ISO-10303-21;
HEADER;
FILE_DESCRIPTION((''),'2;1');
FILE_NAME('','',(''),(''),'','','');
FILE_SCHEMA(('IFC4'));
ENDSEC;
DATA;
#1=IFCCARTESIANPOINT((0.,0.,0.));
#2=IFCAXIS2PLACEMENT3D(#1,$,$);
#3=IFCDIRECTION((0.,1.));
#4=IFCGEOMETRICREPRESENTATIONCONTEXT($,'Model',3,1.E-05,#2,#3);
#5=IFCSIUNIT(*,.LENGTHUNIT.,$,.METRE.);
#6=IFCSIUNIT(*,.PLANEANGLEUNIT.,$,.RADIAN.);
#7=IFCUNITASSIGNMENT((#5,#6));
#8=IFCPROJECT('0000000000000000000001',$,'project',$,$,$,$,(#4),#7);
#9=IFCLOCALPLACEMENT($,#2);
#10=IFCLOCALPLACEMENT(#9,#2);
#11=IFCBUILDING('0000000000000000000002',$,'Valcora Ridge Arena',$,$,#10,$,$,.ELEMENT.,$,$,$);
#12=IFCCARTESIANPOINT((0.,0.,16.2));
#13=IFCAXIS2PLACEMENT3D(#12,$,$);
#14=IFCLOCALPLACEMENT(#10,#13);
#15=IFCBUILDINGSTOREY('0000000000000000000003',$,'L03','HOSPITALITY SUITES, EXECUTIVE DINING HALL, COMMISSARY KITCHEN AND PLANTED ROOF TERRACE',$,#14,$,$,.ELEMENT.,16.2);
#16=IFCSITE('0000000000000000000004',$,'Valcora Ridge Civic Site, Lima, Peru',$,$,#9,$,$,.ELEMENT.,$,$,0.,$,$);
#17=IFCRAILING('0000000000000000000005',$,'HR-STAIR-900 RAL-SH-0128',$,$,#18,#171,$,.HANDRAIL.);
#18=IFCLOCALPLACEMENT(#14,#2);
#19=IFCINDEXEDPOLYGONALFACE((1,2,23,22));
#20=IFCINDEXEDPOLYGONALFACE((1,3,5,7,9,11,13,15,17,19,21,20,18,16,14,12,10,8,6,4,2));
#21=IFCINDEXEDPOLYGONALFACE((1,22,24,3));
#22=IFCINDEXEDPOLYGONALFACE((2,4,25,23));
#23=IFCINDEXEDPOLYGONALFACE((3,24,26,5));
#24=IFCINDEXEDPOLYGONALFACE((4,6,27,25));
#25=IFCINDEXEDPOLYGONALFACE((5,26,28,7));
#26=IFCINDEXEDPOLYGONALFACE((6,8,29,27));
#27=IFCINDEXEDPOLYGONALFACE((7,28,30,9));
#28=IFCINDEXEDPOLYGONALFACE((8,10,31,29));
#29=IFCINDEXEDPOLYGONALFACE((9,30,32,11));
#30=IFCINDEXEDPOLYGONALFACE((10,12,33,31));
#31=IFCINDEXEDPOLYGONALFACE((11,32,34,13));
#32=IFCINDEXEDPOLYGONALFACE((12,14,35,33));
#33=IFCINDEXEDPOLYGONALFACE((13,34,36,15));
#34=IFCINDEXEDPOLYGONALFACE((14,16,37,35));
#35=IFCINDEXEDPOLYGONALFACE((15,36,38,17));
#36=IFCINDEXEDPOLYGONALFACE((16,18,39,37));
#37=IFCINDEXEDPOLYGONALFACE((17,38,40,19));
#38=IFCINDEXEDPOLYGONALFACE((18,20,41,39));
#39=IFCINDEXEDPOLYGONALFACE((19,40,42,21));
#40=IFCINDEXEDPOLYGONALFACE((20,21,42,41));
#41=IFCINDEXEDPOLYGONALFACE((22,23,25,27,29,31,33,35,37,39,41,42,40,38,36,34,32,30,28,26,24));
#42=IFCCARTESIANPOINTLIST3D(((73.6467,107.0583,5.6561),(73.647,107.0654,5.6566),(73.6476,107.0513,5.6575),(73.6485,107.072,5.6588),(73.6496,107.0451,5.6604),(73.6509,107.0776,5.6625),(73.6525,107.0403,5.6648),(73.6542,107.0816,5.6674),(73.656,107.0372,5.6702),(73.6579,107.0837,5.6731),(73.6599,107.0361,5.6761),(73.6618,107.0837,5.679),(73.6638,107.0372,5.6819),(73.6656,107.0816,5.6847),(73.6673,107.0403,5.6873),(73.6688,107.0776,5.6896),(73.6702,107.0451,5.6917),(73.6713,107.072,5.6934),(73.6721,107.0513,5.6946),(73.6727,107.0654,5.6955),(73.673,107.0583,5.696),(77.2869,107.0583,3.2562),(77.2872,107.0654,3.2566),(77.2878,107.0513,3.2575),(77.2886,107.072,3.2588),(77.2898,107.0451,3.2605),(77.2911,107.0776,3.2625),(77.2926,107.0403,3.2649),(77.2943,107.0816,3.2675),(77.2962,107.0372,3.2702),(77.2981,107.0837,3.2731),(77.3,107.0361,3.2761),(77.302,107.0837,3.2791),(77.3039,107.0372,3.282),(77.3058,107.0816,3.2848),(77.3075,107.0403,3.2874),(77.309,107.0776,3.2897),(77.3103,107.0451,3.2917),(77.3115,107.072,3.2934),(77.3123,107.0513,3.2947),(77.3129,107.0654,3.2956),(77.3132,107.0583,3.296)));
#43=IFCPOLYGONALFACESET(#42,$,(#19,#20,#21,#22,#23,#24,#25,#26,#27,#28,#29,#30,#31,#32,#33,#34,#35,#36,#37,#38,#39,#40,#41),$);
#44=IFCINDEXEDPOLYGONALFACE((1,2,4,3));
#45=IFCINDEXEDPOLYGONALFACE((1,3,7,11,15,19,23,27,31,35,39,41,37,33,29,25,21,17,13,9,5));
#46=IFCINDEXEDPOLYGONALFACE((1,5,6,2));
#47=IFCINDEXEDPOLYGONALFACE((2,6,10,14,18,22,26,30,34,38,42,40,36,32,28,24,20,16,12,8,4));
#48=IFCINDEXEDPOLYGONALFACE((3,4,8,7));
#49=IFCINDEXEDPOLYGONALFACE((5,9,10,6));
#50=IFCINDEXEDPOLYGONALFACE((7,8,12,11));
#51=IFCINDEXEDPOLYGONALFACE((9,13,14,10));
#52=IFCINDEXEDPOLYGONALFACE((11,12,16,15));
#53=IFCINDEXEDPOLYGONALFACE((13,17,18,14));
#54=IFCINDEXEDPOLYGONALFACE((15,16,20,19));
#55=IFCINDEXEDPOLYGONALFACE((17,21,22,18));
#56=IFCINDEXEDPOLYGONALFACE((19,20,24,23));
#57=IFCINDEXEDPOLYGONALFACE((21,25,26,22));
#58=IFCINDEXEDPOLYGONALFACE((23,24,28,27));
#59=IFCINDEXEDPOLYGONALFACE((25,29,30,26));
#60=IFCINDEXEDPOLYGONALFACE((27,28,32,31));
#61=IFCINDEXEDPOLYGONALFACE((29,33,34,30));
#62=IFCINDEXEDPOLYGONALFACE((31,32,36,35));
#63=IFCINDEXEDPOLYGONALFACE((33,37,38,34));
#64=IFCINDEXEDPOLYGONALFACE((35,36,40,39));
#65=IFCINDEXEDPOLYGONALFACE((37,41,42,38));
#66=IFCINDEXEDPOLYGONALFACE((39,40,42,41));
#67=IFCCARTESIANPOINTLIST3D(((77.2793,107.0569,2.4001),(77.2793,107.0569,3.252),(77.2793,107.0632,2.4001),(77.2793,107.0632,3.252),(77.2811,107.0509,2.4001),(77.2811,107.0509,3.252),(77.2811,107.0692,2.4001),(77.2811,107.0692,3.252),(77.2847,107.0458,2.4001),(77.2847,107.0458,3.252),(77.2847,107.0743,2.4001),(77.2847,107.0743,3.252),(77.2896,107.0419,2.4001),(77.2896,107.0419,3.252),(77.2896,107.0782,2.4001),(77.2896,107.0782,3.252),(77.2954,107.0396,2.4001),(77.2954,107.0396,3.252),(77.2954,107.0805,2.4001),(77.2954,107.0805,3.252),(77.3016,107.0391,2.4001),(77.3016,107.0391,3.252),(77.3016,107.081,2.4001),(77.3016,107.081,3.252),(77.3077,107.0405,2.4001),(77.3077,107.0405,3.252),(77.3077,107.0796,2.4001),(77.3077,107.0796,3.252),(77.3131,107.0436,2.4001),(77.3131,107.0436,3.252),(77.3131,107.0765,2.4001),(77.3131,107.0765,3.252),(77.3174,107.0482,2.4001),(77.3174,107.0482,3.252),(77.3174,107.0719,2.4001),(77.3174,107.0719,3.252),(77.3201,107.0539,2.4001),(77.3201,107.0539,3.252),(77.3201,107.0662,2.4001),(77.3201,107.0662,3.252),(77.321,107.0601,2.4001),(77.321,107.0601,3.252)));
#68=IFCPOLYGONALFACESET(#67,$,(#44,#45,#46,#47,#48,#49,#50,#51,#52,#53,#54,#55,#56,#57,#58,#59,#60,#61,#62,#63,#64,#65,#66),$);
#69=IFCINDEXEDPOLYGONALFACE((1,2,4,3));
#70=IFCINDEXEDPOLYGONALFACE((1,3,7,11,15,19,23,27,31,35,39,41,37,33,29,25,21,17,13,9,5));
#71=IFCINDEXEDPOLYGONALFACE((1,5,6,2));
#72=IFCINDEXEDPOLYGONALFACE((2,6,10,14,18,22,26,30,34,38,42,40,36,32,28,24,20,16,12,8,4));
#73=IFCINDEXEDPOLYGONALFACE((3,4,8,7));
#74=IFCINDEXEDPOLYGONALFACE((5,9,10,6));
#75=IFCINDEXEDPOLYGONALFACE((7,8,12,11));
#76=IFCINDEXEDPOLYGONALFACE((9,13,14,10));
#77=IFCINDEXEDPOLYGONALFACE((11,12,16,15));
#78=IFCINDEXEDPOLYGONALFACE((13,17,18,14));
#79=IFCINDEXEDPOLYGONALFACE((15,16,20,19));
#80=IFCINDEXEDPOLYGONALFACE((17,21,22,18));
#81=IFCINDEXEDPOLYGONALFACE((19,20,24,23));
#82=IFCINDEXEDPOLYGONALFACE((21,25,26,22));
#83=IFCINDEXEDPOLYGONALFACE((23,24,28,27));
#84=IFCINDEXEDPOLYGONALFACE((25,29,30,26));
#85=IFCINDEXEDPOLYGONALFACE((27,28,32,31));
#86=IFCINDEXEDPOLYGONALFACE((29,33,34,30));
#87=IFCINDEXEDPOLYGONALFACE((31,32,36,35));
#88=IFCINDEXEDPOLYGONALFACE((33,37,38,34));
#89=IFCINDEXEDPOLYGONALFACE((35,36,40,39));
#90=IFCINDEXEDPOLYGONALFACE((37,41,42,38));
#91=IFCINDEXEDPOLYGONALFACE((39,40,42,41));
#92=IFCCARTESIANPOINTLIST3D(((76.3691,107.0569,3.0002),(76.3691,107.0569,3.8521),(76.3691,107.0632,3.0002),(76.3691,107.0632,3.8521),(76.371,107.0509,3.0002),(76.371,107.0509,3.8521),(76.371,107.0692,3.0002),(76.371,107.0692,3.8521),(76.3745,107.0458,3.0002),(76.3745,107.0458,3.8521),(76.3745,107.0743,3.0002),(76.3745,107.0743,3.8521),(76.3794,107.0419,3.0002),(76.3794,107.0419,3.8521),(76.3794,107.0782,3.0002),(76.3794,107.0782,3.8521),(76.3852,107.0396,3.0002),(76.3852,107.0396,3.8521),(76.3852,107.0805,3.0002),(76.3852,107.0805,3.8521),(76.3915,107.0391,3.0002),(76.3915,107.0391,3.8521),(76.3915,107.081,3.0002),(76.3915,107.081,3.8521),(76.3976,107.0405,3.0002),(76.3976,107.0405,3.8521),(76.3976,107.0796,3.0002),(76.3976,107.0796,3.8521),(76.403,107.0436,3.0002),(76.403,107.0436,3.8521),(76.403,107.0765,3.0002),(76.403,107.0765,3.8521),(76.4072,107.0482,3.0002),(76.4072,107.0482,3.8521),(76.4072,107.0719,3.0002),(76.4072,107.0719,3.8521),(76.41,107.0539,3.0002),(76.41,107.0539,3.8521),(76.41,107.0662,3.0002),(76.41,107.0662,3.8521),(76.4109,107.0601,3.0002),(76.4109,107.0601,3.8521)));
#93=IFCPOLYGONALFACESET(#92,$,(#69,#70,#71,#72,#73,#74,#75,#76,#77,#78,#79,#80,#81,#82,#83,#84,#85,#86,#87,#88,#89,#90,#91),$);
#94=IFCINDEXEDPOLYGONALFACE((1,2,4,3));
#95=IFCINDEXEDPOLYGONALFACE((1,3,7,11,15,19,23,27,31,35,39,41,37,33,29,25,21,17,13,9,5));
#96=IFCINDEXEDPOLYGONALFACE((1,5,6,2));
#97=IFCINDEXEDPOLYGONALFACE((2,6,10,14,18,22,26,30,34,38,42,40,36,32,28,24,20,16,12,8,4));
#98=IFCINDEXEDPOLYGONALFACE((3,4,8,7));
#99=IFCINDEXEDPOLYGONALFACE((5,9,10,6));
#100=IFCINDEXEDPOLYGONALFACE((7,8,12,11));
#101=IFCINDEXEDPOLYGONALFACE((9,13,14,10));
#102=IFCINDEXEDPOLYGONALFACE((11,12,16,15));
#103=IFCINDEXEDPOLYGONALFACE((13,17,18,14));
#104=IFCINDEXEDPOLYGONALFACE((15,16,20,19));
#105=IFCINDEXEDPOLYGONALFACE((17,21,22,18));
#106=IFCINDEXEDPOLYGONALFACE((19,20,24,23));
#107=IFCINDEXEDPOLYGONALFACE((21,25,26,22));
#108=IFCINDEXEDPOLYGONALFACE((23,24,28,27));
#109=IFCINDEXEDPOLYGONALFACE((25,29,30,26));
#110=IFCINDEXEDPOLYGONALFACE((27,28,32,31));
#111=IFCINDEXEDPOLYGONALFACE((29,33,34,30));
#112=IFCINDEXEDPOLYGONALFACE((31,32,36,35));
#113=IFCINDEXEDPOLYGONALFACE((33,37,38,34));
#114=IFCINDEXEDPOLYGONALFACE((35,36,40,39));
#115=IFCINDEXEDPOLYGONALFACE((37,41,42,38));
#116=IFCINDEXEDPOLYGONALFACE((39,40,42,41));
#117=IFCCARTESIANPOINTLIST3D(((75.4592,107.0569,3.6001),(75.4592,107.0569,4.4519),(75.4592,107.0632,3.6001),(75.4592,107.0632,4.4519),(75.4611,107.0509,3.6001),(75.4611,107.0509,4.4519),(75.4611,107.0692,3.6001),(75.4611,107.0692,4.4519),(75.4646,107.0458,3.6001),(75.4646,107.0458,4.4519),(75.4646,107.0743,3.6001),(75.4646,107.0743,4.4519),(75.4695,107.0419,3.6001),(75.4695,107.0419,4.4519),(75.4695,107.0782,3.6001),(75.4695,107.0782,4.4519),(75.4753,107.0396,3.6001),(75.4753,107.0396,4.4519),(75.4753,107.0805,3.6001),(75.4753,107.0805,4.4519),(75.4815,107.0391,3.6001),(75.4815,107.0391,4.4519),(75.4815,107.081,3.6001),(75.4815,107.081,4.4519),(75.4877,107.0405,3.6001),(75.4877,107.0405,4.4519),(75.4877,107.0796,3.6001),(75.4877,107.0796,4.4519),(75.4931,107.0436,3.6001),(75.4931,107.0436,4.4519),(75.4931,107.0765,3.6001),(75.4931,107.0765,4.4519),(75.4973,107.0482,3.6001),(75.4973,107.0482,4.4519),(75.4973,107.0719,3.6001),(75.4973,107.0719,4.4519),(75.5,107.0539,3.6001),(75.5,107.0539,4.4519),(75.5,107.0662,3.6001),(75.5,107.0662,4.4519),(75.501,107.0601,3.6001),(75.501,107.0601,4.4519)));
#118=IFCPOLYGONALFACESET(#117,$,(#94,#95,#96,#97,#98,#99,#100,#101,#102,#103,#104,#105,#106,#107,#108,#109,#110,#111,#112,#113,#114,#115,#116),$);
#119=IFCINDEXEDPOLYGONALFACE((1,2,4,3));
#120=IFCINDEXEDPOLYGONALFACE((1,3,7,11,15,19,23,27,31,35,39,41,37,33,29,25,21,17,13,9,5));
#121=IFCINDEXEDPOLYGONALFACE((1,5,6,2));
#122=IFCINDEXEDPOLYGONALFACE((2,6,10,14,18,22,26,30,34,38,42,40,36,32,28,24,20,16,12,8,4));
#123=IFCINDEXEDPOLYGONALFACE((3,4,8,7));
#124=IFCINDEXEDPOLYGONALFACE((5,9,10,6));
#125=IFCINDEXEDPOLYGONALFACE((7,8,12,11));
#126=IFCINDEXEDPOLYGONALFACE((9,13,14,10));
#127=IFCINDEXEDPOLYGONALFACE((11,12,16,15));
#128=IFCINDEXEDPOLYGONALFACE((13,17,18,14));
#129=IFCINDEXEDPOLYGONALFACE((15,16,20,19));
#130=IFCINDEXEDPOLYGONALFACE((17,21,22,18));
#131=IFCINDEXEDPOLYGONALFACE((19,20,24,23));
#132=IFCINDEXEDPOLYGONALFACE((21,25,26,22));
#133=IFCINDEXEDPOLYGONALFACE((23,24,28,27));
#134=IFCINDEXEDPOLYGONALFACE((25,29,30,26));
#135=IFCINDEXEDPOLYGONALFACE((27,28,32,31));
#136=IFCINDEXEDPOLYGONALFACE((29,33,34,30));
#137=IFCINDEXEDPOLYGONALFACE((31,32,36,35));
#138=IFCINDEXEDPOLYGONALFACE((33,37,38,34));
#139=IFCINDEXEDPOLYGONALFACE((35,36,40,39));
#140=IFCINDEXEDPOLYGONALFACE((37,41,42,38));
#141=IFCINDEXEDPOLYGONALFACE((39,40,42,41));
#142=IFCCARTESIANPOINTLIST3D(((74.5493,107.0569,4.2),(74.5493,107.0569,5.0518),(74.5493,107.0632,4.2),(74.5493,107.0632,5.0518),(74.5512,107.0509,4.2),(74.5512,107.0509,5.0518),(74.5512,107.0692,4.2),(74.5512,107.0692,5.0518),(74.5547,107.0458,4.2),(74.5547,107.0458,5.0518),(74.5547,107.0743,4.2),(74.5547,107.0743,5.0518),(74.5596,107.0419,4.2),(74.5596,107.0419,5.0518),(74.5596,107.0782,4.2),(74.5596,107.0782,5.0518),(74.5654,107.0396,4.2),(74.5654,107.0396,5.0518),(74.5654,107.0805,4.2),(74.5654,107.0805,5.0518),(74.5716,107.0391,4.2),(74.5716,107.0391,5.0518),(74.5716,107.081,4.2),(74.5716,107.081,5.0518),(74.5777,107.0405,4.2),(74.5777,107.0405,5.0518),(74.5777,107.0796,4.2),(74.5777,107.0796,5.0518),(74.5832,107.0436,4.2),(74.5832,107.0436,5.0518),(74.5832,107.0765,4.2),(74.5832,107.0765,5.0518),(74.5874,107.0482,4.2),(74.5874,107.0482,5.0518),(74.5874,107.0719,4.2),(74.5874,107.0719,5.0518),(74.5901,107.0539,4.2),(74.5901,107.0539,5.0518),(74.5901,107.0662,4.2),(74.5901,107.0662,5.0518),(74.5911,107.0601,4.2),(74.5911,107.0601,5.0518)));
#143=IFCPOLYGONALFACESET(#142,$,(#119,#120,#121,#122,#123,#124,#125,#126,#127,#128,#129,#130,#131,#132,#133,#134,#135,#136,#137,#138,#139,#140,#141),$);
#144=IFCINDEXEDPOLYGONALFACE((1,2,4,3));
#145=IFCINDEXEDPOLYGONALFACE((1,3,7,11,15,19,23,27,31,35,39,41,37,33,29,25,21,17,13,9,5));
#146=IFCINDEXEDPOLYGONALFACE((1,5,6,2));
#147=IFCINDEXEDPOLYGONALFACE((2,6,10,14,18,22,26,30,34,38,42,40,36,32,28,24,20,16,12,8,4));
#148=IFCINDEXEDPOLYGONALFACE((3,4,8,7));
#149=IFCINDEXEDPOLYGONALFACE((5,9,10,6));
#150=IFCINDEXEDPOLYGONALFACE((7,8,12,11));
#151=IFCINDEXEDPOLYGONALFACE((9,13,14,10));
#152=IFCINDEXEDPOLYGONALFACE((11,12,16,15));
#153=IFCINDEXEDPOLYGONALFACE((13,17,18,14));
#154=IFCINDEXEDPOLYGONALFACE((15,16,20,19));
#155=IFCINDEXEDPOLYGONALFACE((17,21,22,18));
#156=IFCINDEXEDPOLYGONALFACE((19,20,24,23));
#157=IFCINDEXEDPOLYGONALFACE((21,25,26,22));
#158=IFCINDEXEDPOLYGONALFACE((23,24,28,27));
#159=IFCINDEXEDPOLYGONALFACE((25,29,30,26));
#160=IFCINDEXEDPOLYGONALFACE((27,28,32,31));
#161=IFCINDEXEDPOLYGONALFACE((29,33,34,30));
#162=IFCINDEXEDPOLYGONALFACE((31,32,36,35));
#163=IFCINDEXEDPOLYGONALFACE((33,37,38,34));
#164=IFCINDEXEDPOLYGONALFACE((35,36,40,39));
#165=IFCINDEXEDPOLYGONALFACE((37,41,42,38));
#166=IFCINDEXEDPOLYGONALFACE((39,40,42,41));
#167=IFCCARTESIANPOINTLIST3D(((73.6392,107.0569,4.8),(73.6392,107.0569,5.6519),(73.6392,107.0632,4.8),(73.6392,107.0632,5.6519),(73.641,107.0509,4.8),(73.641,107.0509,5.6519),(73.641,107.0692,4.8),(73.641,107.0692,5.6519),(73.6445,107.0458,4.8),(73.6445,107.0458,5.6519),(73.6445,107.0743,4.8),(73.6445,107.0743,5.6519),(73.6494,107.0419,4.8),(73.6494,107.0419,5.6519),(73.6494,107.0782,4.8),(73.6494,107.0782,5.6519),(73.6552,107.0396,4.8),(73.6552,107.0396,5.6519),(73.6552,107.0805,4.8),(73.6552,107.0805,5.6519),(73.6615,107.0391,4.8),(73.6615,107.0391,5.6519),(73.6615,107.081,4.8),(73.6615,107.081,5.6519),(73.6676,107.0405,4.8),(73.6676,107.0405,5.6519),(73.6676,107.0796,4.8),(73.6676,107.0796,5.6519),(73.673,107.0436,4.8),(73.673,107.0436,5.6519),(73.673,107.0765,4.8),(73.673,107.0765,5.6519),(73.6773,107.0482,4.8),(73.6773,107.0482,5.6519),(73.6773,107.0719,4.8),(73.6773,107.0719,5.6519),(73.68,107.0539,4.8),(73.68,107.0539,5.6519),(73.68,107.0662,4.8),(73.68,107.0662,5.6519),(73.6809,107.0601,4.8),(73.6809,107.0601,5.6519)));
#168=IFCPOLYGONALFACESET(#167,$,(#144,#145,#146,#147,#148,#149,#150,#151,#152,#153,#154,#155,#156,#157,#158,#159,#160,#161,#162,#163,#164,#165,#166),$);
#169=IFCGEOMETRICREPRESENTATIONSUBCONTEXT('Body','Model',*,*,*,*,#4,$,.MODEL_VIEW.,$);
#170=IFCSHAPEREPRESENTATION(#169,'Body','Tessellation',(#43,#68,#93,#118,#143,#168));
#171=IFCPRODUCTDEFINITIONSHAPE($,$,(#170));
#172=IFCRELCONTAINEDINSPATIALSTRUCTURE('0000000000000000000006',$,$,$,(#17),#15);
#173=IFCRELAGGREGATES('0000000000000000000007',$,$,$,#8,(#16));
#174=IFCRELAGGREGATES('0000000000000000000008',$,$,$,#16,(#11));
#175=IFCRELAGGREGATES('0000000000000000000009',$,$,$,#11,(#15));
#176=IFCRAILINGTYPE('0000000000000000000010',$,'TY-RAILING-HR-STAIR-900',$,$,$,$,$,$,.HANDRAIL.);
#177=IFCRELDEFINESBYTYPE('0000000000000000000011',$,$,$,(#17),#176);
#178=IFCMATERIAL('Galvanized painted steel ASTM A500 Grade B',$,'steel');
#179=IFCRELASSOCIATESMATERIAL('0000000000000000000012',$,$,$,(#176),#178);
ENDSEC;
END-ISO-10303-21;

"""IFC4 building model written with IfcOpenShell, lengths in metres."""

from ifc_helpers import new_model, si_unit, direction, frame, origin, origin_2d, place, context, subcontext, project, spatial, circle, extrude, material, type_object, element, save


model = new_model("IFC4")

# Units and contexts
model_context = context("Model", 3, precision=1e-05, world=origin(), true_north=direction((0.0, 1.0)))
body_context = subcontext(model_context, "Body", "Model", "MODEL_VIEW")
ifc_project = project(units=[si_unit("LENGTHUNIT", "METRE"), si_unit("PLANEANGLEUNIT", "RADIAN")], contexts=[model_context])

# Site, building, storey
site_placement = place(None, origin())
site = spatial("IfcSite", under=ifc_project, at=site_placement, Name="Valcora Ridge Civic Site, Lima, Peru", CompositionType="ELEMENT", RefElevation=0.0)
building_placement = place(site_placement, origin())
building = spatial("IfcBuilding", under=site, at=building_placement, Name="Valcora Ridge Arena", CompositionType="ELEMENT")
storey_placement = place(building_placement, frame((0.0, 0.0, 16.2)))
storey = spatial("IfcBuildingStorey", under=building, at=storey_placement, Name="L03", Description="HOSPITALITY SUITES, EXECUTIVE DINING HALL, COMMISSARY KITCHEN AND PLANTED ROOF TERRACE", CompositionType="ELEMENT", Elevation=16.2)

# Railing
ifc_material_1 = material(Name="Galvanized painted steel ASTM A500 Grade B", Category="steel")
railing_type_1 = type_object("IfcRailingType", Name="TY-RAILING-HR-STAIR-900", PredefinedType="HANDRAIL", material=ifc_material_1)
railing_1_placement = place(storey_placement, frame((77.3, 107.0601, 2.4001)))
element("IfcRailing", 1, at=railing_1_placement, inside=storey, type_object=railing_type_1, Name="HR-STAIR-900 RAL-SH-0128", PredefinedType="HANDRAIL", context=body_context, shape_type="SweptSolid", body=[
    extrude(circle(Radius=0.0239, at=origin_2d()), frame((0.0, 0.0, 0.876), z_axis=(-0.834882, 0.0, 0.550429), x_axis=(0.0, -1.0, 0.0)), (0.0, 0.0, 1.0), 4.3601),
    extrude(circle(Radius=0.021, at=origin_2d()), origin(), (0.0, 0.0, 1.0), 0.8518),
    extrude(circle(Radius=0.021, at=origin_2d()), frame((-0.9102, 0.0, 0.6001)), (0.0, 0.0, 1.0), 0.8518),
    extrude(circle(Radius=0.021, at=origin_2d()), frame((-1.8201, 0.0, 1.2)), (0.0, 0.0, 1.0), 0.8518),
    extrude(circle(Radius=0.021, at=origin_2d()), frame((-2.73, 0.0, 1.7998)), (0.0, 0.0, 1.0), 0.8518),
    extrude(circle(Radius=0.021, at=origin_2d()), frame((-3.6401, 0.0, 2.3999)), (0.0, 0.0, 1.0), 0.8518),
])

save(model, "model.ifc")
